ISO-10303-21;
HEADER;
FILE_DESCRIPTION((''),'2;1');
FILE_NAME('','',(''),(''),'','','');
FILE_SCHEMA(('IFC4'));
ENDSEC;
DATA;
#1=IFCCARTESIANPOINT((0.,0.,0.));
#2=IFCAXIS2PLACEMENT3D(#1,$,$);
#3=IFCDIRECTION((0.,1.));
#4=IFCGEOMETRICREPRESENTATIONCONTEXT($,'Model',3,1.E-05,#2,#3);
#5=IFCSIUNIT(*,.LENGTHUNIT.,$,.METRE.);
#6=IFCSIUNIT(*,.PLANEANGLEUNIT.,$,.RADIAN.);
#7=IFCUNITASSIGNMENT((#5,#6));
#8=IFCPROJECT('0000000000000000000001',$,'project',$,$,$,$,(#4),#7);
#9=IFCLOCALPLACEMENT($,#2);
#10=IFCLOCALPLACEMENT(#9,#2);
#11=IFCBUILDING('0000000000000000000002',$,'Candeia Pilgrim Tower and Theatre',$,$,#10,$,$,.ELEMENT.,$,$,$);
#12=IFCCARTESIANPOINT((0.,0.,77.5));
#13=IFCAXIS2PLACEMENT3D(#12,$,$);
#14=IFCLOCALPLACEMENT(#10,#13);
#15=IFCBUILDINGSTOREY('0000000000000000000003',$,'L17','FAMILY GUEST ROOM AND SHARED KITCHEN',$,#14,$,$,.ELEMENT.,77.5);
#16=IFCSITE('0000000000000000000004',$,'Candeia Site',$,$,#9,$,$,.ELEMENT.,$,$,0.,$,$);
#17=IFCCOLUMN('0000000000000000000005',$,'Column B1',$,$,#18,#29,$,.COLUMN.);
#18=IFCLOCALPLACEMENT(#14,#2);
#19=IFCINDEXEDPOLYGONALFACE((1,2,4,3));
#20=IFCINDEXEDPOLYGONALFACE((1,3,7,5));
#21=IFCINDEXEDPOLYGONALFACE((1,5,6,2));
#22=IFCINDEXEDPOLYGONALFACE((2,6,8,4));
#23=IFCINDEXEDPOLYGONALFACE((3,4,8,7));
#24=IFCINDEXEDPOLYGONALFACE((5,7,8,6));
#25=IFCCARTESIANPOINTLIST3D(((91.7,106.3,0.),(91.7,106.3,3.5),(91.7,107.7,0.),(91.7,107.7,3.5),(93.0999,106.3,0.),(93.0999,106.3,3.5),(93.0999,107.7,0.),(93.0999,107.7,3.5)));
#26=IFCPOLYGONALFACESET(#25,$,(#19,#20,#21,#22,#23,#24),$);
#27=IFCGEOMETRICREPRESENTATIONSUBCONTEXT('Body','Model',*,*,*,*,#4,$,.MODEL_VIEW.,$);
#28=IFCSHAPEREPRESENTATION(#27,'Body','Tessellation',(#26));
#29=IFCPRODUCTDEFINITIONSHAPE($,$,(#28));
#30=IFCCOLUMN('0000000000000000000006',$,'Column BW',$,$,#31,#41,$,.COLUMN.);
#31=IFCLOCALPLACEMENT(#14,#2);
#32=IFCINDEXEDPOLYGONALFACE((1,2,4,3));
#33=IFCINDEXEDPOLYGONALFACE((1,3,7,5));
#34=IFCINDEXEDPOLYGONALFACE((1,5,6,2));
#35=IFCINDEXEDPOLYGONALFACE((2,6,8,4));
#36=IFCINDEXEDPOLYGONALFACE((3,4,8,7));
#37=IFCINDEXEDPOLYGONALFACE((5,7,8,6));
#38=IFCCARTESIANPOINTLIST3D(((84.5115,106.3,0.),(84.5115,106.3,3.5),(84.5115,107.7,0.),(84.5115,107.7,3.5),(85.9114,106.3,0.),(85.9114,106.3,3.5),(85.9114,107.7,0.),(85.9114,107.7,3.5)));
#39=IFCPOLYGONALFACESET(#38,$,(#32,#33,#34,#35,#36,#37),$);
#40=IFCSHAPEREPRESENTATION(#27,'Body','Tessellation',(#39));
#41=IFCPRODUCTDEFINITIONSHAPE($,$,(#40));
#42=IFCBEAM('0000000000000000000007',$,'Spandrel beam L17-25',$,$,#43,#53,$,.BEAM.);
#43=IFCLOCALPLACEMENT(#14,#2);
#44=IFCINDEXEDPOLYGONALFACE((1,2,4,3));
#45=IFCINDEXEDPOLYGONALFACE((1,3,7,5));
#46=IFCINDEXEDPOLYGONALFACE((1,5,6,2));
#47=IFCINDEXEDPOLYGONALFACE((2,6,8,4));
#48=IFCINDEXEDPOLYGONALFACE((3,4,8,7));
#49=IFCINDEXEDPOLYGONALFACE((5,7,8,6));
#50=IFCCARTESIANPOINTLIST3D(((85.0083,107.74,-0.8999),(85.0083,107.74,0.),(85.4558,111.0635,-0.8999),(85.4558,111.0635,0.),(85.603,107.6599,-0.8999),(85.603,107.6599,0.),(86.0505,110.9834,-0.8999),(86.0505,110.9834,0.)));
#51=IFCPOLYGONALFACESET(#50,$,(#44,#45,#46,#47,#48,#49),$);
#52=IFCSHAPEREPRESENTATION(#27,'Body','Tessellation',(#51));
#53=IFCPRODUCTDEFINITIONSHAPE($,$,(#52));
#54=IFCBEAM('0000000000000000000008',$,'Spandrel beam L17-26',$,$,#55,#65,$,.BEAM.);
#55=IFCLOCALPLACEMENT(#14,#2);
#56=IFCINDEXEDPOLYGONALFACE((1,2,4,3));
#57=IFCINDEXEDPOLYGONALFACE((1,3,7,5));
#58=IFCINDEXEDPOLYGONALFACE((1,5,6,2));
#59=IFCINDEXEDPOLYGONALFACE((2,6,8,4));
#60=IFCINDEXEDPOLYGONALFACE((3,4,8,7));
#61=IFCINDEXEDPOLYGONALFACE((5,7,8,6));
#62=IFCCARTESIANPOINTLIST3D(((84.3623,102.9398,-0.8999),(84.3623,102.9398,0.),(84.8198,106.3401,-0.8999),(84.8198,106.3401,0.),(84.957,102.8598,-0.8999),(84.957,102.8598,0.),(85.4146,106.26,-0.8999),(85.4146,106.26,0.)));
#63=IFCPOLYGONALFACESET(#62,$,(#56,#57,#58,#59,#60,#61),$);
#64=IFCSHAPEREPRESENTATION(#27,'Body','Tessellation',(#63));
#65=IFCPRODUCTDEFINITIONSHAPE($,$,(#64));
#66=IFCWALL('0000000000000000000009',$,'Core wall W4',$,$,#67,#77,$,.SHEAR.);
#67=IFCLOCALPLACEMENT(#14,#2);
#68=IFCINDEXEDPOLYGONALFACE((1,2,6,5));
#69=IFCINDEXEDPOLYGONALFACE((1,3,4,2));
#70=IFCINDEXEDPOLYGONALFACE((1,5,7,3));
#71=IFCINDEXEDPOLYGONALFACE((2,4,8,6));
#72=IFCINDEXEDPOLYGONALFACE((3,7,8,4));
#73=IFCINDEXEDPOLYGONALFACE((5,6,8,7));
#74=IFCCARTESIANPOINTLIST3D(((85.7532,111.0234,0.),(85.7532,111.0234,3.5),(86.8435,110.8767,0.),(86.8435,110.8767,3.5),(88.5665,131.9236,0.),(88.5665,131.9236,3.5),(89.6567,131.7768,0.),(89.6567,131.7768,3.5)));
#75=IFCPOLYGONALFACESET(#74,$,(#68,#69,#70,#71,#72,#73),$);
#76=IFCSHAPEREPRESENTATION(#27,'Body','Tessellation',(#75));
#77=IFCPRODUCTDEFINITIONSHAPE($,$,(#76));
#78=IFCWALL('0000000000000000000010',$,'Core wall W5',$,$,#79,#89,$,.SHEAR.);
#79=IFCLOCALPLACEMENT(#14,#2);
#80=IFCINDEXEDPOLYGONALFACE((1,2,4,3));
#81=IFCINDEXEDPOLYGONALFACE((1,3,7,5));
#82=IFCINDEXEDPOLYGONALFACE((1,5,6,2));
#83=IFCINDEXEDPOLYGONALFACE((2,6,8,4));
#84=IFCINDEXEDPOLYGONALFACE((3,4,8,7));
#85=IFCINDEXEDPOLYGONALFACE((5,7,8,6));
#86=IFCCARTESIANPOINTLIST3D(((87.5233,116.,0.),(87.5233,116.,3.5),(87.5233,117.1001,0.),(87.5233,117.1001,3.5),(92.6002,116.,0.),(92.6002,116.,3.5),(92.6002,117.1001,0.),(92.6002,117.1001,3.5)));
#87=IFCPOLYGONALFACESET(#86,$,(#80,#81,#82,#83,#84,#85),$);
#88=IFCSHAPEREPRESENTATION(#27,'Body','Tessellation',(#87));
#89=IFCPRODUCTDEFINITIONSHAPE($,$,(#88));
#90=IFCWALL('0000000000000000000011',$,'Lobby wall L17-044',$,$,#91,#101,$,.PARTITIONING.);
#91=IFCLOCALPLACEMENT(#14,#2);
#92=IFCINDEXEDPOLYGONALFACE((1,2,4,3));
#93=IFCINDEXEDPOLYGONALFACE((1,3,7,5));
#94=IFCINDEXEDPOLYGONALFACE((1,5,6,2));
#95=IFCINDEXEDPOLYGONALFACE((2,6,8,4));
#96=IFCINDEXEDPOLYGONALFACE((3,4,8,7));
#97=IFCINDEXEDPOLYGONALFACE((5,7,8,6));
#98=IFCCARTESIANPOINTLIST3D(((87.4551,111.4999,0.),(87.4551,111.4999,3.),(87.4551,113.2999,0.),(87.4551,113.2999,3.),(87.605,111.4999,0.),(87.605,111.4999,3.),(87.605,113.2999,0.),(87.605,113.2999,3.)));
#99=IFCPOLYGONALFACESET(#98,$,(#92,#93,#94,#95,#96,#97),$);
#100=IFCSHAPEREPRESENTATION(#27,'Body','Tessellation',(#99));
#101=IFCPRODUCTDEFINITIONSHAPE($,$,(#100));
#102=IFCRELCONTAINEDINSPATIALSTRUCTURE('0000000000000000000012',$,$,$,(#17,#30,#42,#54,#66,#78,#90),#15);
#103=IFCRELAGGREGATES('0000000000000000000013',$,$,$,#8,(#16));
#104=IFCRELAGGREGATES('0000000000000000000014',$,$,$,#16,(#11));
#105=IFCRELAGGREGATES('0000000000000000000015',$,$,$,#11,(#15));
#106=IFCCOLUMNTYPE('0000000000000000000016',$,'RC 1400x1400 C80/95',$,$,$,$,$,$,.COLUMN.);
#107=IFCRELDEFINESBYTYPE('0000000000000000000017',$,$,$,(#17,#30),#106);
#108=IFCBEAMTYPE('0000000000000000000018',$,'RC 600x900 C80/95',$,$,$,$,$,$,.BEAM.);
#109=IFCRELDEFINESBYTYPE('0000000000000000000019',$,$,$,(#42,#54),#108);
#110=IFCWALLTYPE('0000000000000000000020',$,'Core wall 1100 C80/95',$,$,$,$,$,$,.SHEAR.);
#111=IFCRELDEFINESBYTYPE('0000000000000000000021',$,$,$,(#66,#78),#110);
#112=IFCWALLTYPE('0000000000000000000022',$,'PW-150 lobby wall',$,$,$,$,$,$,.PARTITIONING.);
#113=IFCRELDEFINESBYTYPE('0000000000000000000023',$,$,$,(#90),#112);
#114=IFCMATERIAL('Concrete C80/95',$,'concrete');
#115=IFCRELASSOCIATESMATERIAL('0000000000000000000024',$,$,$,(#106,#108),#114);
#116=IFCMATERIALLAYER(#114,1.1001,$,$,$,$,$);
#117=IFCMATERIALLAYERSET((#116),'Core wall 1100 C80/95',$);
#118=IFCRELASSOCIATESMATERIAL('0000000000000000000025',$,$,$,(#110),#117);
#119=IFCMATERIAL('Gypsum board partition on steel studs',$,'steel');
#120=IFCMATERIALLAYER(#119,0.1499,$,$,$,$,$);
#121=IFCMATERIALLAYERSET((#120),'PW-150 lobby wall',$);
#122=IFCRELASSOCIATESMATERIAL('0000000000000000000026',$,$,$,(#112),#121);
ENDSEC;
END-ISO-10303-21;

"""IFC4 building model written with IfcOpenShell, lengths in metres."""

from ifc_helpers import new_model, si_unit, direction, frame, frame_2d, origin, origin_2d, place, context, subcontext, project, spatial, rectangle, extrude, material, layer, layer_set, material_profile, profile_set, type_object, element, save


model = new_model("IFC4")

# Units and contexts
model_context = context("Model", 3, precision=1e-05, world=origin(), true_north=direction((0.0, 1.0)))
body_context = subcontext(model_context, "Body", "Model", "MODEL_VIEW")
ifc_project = project(units=[si_unit("LENGTHUNIT", "METRE"), si_unit("PLANEANGLEUNIT", "RADIAN")], contexts=[model_context])

# Site, building, storey
site_placement = place(None, origin())
site = spatial("IfcSite", under=ifc_project, at=site_placement, Name="Candeia Site", CompositionType="ELEMENT", RefElevation=0.0)
building_placement = place(site_placement, origin())
building = spatial("IfcBuilding", under=site, at=building_placement, Name="Candeia Pilgrim Tower and Theatre", CompositionType="ELEMENT")
storey_placement = place(building_placement, frame((0.0, 0.0, 77.5)))
storey = spatial("IfcBuildingStorey", under=building, at=storey_placement, Name="L17", Description="FAMILY GUEST ROOM AND SHARED KITCHEN", CompositionType="ELEMENT", Elevation=77.5)

# Columns
ifc_material_1 = material(Name="Concrete C80/95", Category="concrete")
ifc_material_profile_1 = material_profile(ifc_material_1, rectangle(XDim=1.3999, YDim=1.3999, at=origin_2d()))
ifc_profile_set_1 = profile_set([ifc_material_profile_1], Name="Concrete C80/95")
column_type = type_object("IfcColumnType", Name="RC 1400x1400 C80/95", PredefinedType="COLUMN", material=ifc_profile_set_1)
for number, where, z_axis, x_axis, name in (
    (1, (92.3999, 107.0, 0.0), (0.0, 0.0, 1.0), (1.0, 0.0, 0.0), "Column B1"),
    (2, (85.2114, 107.0, 0.0), (0.0, 0.0, 1.0), (1.0, 0.0, 0.0), "Column BW"),
):
    element("IfcColumn", number, at=place(storey_placement, frame(where, z_axis=z_axis, x_axis=x_axis)), inside=storey, type_object=column_type, Name=name, PredefinedType="COLUMN", context=body_context, shape_type="SweptSolid", body=[
        extrude(rectangle(XDim=1.3999, YDim=1.3999, at=origin_2d()), origin(), (0.0, 0.0, 1.0), 3.5),
    ])

# Beams
ifc_material_profile_2 = material_profile(ifc_material_1, rectangle(XDim=0.6001, YDim=0.8999, at=origin_2d()))
ifc_profile_set_2 = profile_set([ifc_material_profile_2], Name="Concrete C80/95")
beam_type = type_object("IfcBeamType", Name="RC 600x900 C80/95", PredefinedType="BEAM", material=ifc_profile_set_2)
beam_1_placement = place(storey_placement, frame((85.7532, 111.0234, -0.45), z_axis=(-0.133446, -0.991056, 0.0), x_axis=(0.991056, -0.133446, 0.0)))
element("IfcBeam", 3, at=beam_1_placement, inside=storey, type_object=beam_type, Name="Spandrel beam L17-25", PredefinedType="BEAM", context=body_context, shape_type="SweptSolid", body=[
    extrude(rectangle(XDim=0.6001, YDim=0.8999, at=origin_2d()), origin(), (0.0, 0.0, 1.0), 3.3535),
])
beam_2_placement = place(storey_placement, frame((85.1172, 106.3, -0.45), z_axis=(-0.133357, -0.991068, 0.0), x_axis=(0.991068, -0.133357, 0.0)))
element("IfcBeam", 4, at=beam_2_placement, inside=storey, type_object=beam_type, Name="Spandrel beam L17-26", PredefinedType="BEAM", context=body_context, shape_type="SweptSolid", body=[
    extrude(rectangle(XDim=0.6001, YDim=0.8999, at=origin_2d()), origin(), (0.0, 0.0, 1.0), 3.4309),
])

# Walls
ifc_layer_1 = layer(ifc_material_1, 1.1001)
ifc_layer_set_1 = layer_set([ifc_layer_1], Name="Core wall 1100 C80/95")
wall_type_1 = type_object("IfcWallType", Name="Core wall 1100 C80/95", PredefinedType="SHEAR", material=ifc_layer_set_1)
wall_1_placement = place(storey_placement, frame((86.2983, 110.95, 0.0), z_axis=(0.0, 0.0, 1.0), x_axis=(0.1334, 0.991062, 0.0)))
element("IfcWall", 5, at=wall_1_placement, inside=storey, type_object=wall_type_1, Name="Core wall W4", PredefinedType="SHEAR", context=body_context, shape_type="SweptSolid", body=[
    extrude(rectangle(XDim=21.0886, YDim=1.1001, at=frame_2d((10.5444, 0.0))), origin(), (0.0, 0.0, 1.0), 3.5),
])
wall_2_placement = place(storey_placement, frame((87.5232, 116.55, 0.0), z_axis=(0.0, 0.0, 1.0), x_axis=(1.0, 0.0, 0.0)))
element("IfcWall", 6, at=wall_2_placement, inside=storey, type_object=wall_type_1, Name="Core wall W5", PredefinedType="SHEAR", context=body_context, shape_type="SweptSolid", body=[
    extrude(rectangle(XDim=5.0769, YDim=1.1001, at=frame_2d((2.5386, 0.0))), origin(), (0.0, 0.0, 1.0), 3.5),
])

# Wall
ifc_material_2 = material(Name="Gypsum board partition on steel studs", Category="steel")
ifc_layer_2 = layer(ifc_material_2, 0.1499)
ifc_layer_set_2 = layer_set([ifc_layer_2], Name="PW-150 lobby wall")
wall_type_2 = type_object("IfcWallType", Name="PW-150 lobby wall", PredefinedType="PARTITIONING", material=ifc_layer_set_2)
wall_3_placement = place(storey_placement, frame((87.53, 111.5, 0.0), z_axis=(0.0, 0.0, 1.0), x_axis=(0.0, 1.0, 0.0)))
element("IfcWall", 7, at=wall_3_placement, inside=storey, type_object=wall_type_2, Name="Lobby wall L17-044", PredefinedType="PARTITIONING", context=body_context, shape_type="SweptSolid", body=[
    extrude(rectangle(XDim=1.8, YDim=0.1499, at=frame_2d((0.8999, 0.0))), origin(), (0.0, 0.0, 1.0), 3.0),
])

save(model, "model.ifc")
